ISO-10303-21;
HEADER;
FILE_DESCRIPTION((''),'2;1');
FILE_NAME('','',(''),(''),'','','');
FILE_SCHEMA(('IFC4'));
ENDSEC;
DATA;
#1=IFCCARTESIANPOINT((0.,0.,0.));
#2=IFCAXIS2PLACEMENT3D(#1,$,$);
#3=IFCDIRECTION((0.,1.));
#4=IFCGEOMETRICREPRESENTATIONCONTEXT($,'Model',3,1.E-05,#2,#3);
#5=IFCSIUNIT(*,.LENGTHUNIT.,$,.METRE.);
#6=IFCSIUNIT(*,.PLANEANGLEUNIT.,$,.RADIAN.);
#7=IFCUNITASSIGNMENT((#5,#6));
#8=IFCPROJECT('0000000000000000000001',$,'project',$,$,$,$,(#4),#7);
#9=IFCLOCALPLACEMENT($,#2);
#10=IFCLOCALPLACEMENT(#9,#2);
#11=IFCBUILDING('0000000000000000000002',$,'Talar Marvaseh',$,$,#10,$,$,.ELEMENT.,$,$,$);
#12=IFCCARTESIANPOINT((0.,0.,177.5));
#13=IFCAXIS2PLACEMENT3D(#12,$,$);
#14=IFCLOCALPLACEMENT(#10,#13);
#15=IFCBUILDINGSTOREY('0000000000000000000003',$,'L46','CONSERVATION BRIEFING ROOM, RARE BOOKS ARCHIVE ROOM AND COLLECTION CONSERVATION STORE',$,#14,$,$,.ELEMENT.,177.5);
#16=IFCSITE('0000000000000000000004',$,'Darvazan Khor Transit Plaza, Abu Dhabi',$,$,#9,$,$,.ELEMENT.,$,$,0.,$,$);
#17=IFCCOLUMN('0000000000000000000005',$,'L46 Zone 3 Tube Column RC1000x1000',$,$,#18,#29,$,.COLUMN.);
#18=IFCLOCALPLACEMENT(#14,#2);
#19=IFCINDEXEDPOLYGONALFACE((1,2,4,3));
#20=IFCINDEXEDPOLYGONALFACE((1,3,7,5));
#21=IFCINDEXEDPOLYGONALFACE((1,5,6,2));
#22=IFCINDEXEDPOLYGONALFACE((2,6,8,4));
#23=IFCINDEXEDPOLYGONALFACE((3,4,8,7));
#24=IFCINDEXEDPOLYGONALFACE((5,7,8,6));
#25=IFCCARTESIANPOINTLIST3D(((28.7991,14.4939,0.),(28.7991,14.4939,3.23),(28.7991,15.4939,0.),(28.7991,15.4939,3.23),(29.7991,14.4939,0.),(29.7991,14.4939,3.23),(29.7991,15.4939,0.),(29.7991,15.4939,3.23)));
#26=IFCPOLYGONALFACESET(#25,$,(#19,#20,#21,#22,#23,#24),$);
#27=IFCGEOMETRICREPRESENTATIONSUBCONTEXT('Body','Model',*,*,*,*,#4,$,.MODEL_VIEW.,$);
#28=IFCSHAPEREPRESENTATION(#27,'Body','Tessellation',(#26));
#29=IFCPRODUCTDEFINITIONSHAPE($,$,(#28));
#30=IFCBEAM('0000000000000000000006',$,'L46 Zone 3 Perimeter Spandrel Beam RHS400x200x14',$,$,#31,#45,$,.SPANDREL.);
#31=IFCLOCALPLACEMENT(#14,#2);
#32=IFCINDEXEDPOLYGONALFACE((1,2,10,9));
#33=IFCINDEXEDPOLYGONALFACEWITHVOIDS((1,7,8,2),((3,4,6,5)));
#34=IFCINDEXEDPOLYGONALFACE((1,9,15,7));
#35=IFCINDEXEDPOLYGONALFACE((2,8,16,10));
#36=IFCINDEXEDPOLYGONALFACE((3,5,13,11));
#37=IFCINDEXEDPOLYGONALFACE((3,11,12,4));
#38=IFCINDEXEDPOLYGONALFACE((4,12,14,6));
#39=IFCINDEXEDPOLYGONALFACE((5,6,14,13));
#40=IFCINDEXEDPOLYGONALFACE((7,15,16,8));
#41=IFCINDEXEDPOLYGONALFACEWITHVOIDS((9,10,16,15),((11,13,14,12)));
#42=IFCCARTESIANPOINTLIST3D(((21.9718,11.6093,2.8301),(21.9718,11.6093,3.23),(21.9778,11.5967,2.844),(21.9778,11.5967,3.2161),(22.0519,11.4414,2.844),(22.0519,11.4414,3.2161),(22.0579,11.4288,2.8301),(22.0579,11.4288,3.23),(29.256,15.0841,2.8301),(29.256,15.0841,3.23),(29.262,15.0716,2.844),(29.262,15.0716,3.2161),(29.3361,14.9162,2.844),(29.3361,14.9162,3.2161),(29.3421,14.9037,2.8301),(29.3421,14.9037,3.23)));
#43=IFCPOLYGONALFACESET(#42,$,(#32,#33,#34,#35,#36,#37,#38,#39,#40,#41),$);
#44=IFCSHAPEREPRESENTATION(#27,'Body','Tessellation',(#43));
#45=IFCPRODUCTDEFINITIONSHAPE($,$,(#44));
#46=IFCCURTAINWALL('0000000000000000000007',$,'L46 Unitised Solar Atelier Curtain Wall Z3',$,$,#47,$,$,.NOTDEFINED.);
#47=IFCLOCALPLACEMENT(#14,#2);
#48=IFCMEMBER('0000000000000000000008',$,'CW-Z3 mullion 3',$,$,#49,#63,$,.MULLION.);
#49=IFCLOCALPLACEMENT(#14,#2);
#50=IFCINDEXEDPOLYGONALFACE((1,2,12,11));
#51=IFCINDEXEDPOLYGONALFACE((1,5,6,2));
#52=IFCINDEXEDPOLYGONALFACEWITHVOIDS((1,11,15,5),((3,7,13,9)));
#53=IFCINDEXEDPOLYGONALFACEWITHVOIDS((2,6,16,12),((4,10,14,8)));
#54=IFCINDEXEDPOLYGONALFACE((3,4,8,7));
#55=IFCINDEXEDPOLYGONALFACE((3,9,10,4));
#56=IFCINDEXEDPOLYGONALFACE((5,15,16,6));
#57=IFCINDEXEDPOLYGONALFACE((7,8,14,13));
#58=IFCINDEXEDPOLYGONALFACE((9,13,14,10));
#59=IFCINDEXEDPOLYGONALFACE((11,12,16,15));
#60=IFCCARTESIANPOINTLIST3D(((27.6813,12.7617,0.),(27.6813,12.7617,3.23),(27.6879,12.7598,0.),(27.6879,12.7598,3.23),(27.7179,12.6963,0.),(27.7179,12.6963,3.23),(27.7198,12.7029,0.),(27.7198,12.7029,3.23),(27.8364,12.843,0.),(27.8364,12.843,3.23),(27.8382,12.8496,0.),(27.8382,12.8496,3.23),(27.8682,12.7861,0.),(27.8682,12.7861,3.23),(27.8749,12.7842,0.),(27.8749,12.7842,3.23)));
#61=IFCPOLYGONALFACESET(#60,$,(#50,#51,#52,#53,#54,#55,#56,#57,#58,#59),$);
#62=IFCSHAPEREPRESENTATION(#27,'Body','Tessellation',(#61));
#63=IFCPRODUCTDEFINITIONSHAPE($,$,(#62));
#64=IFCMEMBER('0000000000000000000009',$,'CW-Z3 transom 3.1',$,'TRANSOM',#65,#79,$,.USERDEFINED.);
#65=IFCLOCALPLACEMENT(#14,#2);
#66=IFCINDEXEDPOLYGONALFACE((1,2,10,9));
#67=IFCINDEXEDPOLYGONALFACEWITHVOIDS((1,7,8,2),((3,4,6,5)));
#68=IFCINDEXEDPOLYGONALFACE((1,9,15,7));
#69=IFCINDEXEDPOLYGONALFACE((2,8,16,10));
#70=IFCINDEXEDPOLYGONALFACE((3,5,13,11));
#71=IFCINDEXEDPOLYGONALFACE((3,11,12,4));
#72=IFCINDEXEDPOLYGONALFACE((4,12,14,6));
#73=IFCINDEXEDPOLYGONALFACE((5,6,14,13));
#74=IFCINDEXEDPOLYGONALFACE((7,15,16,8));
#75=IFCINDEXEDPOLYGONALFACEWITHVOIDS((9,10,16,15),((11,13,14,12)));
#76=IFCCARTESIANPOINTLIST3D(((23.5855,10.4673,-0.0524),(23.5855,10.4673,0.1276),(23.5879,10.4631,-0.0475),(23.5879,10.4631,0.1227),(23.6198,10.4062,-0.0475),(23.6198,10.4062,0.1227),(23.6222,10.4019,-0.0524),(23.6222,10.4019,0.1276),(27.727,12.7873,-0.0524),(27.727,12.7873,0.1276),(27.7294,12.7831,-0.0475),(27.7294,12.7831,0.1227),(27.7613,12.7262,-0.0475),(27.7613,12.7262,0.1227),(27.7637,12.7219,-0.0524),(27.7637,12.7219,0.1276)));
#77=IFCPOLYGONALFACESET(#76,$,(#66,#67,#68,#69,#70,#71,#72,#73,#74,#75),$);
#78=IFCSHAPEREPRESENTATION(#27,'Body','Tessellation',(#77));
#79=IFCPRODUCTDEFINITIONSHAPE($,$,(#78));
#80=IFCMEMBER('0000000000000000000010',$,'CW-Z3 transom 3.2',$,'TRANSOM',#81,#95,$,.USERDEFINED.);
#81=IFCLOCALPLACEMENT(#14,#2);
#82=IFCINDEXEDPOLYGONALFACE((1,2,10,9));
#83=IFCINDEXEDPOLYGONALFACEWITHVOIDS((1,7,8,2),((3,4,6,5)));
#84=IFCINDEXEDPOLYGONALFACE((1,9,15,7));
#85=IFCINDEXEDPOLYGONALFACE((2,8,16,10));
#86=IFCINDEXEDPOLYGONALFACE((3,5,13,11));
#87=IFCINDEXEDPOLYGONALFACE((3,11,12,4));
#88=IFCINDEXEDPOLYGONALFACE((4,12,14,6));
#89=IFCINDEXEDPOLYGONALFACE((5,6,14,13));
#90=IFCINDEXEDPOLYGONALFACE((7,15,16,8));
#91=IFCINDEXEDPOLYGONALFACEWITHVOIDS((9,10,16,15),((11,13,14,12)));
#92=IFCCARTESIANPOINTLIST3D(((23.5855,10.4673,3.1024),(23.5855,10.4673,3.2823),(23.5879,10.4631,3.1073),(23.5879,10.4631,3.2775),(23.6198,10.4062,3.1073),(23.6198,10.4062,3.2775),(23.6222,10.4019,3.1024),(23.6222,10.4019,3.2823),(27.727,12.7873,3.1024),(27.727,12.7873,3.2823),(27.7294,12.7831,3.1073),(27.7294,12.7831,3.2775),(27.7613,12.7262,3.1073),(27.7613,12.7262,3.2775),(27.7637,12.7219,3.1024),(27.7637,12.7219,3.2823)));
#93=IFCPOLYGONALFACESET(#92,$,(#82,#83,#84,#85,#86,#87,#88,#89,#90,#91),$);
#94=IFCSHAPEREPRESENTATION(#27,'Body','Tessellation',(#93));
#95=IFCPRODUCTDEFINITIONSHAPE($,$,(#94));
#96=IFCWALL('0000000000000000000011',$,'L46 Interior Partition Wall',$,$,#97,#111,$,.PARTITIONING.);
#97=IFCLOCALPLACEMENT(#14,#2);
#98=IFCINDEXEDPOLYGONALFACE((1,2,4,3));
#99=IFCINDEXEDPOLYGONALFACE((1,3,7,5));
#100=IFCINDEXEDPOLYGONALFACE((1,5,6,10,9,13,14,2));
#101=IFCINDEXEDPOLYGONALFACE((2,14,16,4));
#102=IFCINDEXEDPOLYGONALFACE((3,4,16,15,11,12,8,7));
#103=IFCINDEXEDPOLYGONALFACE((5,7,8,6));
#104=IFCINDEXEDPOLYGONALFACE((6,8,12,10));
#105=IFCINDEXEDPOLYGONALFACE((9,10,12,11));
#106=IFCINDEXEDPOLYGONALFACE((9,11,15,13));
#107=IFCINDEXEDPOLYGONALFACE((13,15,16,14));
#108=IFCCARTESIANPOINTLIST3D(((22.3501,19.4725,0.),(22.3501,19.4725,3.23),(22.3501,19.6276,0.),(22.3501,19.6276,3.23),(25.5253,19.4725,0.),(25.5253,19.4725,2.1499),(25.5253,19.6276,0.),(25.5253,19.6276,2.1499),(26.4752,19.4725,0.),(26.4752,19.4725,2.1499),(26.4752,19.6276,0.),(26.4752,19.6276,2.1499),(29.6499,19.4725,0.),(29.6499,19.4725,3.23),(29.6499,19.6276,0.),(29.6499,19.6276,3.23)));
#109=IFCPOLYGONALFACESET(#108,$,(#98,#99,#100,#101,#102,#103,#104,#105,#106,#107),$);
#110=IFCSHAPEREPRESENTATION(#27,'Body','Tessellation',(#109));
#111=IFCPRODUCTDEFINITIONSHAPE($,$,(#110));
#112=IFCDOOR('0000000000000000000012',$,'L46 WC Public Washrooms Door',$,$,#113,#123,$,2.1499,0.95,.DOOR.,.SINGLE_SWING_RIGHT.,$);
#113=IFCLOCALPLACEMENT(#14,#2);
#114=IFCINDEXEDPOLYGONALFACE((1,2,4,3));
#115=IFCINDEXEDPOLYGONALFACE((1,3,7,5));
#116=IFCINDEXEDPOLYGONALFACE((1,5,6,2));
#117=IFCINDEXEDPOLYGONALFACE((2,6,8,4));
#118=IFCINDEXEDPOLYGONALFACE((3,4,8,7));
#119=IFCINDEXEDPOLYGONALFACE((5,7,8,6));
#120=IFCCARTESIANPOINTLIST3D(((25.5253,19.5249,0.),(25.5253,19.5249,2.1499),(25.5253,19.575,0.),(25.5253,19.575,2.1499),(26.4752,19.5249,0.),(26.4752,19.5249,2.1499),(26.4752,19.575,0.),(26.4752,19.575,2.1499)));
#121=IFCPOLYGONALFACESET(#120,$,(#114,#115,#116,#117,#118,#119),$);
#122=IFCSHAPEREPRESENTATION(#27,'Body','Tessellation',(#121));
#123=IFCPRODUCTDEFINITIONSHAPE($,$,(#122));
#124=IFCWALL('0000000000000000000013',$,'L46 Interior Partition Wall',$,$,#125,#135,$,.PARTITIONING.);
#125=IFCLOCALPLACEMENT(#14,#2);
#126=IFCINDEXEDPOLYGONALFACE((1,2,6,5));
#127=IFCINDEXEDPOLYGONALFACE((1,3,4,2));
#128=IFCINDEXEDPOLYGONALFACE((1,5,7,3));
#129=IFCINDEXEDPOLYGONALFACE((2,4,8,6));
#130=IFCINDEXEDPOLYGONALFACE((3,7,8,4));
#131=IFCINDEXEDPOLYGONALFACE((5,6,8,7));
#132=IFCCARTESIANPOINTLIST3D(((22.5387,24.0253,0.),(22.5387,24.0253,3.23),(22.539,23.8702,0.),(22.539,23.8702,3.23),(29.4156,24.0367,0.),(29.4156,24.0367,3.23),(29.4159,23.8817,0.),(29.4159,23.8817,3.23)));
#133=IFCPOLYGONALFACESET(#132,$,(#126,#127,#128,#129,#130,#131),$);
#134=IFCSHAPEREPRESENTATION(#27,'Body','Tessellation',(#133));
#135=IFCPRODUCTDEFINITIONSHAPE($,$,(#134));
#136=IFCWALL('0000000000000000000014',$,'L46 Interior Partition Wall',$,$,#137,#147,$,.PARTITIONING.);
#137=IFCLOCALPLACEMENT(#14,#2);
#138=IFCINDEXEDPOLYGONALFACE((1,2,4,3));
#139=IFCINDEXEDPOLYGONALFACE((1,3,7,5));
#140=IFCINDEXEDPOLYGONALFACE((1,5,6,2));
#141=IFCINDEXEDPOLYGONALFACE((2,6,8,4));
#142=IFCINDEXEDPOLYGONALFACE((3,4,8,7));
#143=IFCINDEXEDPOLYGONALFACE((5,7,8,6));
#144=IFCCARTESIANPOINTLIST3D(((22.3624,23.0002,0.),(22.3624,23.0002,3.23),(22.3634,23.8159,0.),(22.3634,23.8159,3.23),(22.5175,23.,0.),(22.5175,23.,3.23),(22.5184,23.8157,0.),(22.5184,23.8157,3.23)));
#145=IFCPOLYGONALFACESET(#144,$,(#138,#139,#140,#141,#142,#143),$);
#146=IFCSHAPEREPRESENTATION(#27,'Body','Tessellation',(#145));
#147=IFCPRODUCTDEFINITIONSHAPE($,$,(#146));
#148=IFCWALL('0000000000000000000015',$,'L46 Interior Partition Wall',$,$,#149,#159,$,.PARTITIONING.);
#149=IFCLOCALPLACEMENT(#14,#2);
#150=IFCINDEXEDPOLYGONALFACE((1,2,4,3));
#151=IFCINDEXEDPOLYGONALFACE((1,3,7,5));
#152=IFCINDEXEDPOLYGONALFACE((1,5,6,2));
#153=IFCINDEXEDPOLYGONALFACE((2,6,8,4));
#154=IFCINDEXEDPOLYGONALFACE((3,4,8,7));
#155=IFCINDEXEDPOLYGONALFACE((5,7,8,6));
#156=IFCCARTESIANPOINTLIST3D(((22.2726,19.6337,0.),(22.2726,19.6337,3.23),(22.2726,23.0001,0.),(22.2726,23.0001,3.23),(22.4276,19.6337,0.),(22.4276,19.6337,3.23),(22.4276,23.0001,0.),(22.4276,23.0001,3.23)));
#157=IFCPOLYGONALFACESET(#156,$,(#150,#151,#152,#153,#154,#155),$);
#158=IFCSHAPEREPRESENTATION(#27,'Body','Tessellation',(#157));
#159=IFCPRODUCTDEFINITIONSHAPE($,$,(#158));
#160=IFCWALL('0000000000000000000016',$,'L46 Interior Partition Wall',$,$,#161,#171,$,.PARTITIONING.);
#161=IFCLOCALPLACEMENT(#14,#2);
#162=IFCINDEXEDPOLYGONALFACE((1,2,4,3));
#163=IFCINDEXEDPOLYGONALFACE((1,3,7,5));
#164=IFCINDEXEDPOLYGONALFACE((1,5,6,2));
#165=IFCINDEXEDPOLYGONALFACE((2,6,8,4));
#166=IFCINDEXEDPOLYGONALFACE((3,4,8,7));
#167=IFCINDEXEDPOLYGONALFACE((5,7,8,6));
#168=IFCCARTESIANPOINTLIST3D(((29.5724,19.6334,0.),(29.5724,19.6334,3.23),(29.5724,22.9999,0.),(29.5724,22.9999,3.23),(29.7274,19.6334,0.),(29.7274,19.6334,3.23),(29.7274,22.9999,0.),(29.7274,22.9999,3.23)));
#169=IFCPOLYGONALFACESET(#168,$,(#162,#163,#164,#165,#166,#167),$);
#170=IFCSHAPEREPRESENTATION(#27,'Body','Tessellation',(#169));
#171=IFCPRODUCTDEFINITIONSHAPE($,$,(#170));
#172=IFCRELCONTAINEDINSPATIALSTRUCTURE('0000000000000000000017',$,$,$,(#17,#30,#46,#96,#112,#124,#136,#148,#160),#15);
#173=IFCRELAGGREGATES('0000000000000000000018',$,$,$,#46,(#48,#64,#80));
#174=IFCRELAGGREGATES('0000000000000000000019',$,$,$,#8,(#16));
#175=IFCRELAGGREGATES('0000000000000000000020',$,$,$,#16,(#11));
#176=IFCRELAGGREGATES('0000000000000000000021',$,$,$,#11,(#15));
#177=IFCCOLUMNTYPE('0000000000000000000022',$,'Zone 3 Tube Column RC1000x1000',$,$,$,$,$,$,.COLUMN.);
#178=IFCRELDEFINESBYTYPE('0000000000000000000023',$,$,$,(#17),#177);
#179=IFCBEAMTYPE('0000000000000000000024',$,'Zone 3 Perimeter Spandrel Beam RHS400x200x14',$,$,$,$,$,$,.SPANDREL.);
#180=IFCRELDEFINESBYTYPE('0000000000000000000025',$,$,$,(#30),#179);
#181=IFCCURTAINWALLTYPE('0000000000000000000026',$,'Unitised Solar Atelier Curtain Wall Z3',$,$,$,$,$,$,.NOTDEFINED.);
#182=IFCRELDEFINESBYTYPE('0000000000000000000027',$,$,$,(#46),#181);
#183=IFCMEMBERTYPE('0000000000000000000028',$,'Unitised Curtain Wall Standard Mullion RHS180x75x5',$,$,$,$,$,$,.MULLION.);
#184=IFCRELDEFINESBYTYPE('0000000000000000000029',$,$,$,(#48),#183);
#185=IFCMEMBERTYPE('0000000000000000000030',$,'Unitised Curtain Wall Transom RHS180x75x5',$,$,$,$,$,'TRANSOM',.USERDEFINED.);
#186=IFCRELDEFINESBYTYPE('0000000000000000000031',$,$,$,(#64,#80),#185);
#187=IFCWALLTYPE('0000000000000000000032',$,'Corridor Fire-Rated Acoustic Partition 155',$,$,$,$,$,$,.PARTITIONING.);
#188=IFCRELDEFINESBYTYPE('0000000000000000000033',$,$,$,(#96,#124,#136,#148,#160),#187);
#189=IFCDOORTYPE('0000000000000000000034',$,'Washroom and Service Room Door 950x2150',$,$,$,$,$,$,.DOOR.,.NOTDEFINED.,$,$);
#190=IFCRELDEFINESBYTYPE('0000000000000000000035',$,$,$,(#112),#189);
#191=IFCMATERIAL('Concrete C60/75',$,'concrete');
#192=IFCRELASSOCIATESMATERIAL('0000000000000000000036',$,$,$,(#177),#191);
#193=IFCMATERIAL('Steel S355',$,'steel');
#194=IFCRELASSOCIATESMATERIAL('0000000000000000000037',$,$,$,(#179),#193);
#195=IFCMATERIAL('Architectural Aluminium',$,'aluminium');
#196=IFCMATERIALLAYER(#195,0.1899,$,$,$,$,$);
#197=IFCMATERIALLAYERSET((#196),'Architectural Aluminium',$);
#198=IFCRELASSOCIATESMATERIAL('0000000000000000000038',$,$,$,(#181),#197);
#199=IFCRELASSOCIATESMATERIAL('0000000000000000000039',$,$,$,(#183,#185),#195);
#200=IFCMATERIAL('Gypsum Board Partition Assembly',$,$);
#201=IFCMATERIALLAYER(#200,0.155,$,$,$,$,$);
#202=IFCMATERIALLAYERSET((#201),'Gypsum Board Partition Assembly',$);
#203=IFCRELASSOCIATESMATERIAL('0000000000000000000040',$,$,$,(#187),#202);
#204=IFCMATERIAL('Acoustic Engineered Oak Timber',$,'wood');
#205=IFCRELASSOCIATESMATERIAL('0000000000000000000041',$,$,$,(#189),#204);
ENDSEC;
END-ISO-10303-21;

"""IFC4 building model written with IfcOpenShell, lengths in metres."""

from ifc_helpers import new_model, si_unit, direction, frame, frame_2d, origin, origin_2d, place, context, subcontext, project, spatial, rectangle, hollow_rectangle, extrude, source, transform, mapped, material, layer, layer_set, material_profile, profile_set, type_object, type_shapes, element, fill, aggregate, save


model = new_model("IFC4")

# Units and contexts
model_context = context("Model", 3, precision=1e-05, world=origin(), true_north=direction((0.0, 1.0)))
body_context = subcontext(model_context, "Body", "Model", "MODEL_VIEW")
ifc_project = project(units=[si_unit("LENGTHUNIT", "METRE"), si_unit("PLANEANGLEUNIT", "RADIAN")], contexts=[model_context])

# Site, building, storey
site_placement = place(None, origin())
site = spatial("IfcSite", under=ifc_project, at=site_placement, Name="Darvazan Khor Transit Plaza, Abu Dhabi", CompositionType="ELEMENT", RefElevation=0.0)
building_placement = place(site_placement, origin())
building = spatial("IfcBuilding", under=site, at=building_placement, Name="Talar Marvaseh", CompositionType="ELEMENT")
storey_placement = place(building_placement, frame((0.0, 0.0, 177.5)))
storey = spatial("IfcBuildingStorey", under=building, at=storey_placement, Name="L46", Description="CONSERVATION BRIEFING ROOM, RARE BOOKS ARCHIVE ROOM AND COLLECTION CONSERVATION STORE", CompositionType="ELEMENT", Elevation=177.5)

# Column
ifc_material_1 = material(Name="Concrete C60/75", Category="concrete")
ifc_material_profile_1 = material_profile(ifc_material_1, rectangle(XDim=1.0, YDim=1.0, at=origin_2d()), Name="RC1000x1000")
ifc_profile_set_1 = profile_set([ifc_material_profile_1], Name="Concrete C60/75")
column_type = type_object("IfcColumnType", Name="Zone 3 Tube Column RC1000x1000", PredefinedType="COLUMN", material=ifc_profile_set_1)
column_placement = place(storey_placement, frame((29.2991, 14.9939, 0.0), z_axis=(0.0, 0.0, 1.0), x_axis=(1.0, 0.0, 0.0)))
element("IfcColumn", 1, at=column_placement, inside=storey, type_object=column_type, Name="L46 Zone 3 Tube Column RC1000x1000", PredefinedType="COLUMN", context=body_context, shape_type="SweptSolid", body=[
    extrude(rectangle(XDim=1.0, YDim=1.0, at=origin_2d()), origin(), (0.0, 0.0, 1.0), 3.23),
])

# Beam
ifc_material_2 = material(Name="Steel S355", Category="steel")
ifc_material_profile_2 = material_profile(ifc_material_2, hollow_rectangle(XDim=0.2, YDim=0.3999, WallThickness=0.0139, at=origin_2d()), Name="RHS400x200x14")
ifc_profile_set_2 = profile_set([ifc_material_profile_2], Name="Steel S355")
beam_type = type_object("IfcBeamType", Name="Zone 3 Perimeter Spandrel Beam RHS400x200x14", PredefinedType="SPANDREL", material=ifc_profile_set_2)
beam_placement = place(storey_placement, frame((29.2991, 14.9939, 3.03), z_axis=(-0.902562, -0.430559, 0.0), x_axis=(0.430559, -0.902562, 0.0)))
element("IfcBeam", 2, at=beam_placement, inside=storey, type_object=beam_type, Name="L46 Zone 3 Perimeter Spandrel Beam RHS400x200x14", PredefinedType="SPANDREL", context=body_context, shape_type="SweptSolid", body=[
    extrude(hollow_rectangle(XDim=0.2, YDim=0.3999, WallThickness=0.0139, at=origin_2d()), origin(), (0.0, 0.0, 1.0), 8.0706),
])

# Curtain wall, members
ifc_material_3 = material(Name="Architectural Aluminium", Category="aluminium")
ifc_layer_1 = layer(ifc_material_3, 0.1899)
ifc_layer_set_1 = layer_set([ifc_layer_1], Name="Architectural Aluminium")
curtain_wall_type = type_object("IfcCurtainWallType", Name="Unitised Solar Atelier Curtain Wall Z3", PredefinedType="NOTDEFINED", material=ifc_layer_set_1)
curtain_wall_placement = place(storey_placement, origin())
curtain_wall = element("IfcCurtainWall", 3, at=curtain_wall_placement, inside=storey, type_object=curtain_wall_type, Name="L46 Unitised Solar Atelier Curtain Wall Z3", PredefinedType="NOTDEFINED")
ifc_material_profile_3 = material_profile(ifc_material_3, hollow_rectangle(XDim=0.075, YDim=0.1799, WallThickness=0.0049, at=origin_2d()), Name="RHS180x75x5")
ifc_profile_set_3 = profile_set([ifc_material_profile_3], Name="Architectural Aluminium")
member_type_1 = type_object("IfcMemberType", Name="Unitised Curtain Wall Standard Mullion RHS180x75x5", PredefinedType="MULLION", material=ifc_profile_set_3)
shared_shape_1 = source(origin(), body_context, "Body", "SweptSolid", [
    extrude(hollow_rectangle(XDim=0.075, YDim=0.1799, WallThickness=0.0049, at=origin_2d()), origin(), (0.0, 0.0, 1.0), 3.23),
])
type_shapes(member_type_1, [shared_shape_1])
member_1_placement = place(storey_placement, frame((27.7781, 12.7729, 0.0), z_axis=(0.0, 0.0, 1.0), x_axis=(0.488756, -0.872421, 0.0)))
member_1 = element("IfcMember", 4, at=member_1_placement, type_object=member_type_1, Name="CW-Z3 mullion 3", PredefinedType="MULLION", context=body_context, shape_type="MappedRepresentation", body=[
    mapped(shared_shape_1, transform((0.0, 0.0, 0.0), x_axis=(1.0, 0.0, 0.0), y_axis=(0.0, 1.0, 0.0), z_axis=(0.0, 0.0, 1.0), scale=1.0)),
])
ifc_material_profile_4 = material_profile(ifc_material_3, hollow_rectangle(XDim=0.075, YDim=0.1799, WallThickness=0.0049, at=origin_2d()), Name="RHS180x75x5")
ifc_profile_set_4 = profile_set([ifc_material_profile_4], Name="Architectural Aluminium")
member_type_2 = type_object("IfcMemberType", Name="Unitised Curtain Wall Transom RHS180x75x5", ElementType="TRANSOM", PredefinedType="USERDEFINED", material=ifc_profile_set_4)
shared_shape_2 = source(origin(), body_context, "Body", "SweptSolid", [
    extrude(hollow_rectangle(XDim=0.075, YDim=0.1799, WallThickness=0.0049, at=origin_2d()), origin(), (0.0, 0.0, 1.0), 4.7471),
])
type_shapes(member_type_2, [shared_shape_2])
member_2_placement = place(storey_placement, frame((27.7454, 12.7546, 0.0376), z_axis=(-0.872437, -0.488727, 0.0), x_axis=(0.488727, -0.872437, 0.0)))
member_2 = element("IfcMember", 5, at=member_2_placement, type_object=member_type_2, Name="CW-Z3 transom 3.1", ObjectType="TRANSOM", PredefinedType="USERDEFINED", context=body_context, shape_type="MappedRepresentation", body=[
    mapped(shared_shape_2, transform((0.0, 0.0, 0.0), x_axis=(1.0, 0.0, 0.0), y_axis=(0.0, 1.0, 0.0), z_axis=(0.0, 0.0, 1.0), scale=1.0)),
])
member_3_placement = place(storey_placement, frame((27.7454, 12.7546, 3.1924), z_axis=(-0.872437, -0.488727, 0.0), x_axis=(0.488727, -0.872437, 0.0)))
member_3 = element("IfcMember", 6, at=member_3_placement, type_object=member_type_2, Name="CW-Z3 transom 3.2", ObjectType="TRANSOM", PredefinedType="USERDEFINED", context=body_context, shape_type="MappedRepresentation", body=[
    mapped(shared_shape_2, transform((0.0, 0.0, 0.0), x_axis=(1.0, 0.0, 0.0), y_axis=(0.0, 1.0, 0.0), z_axis=(0.0, 0.0, 1.0), scale=1.0)),
])
aggregate(curtain_wall, [member_1, member_2, member_3])

# Wall, opening, door
ifc_material_4 = material(Name="Gypsum Board Partition Assembly")
ifc_layer_2 = layer(ifc_material_4, 0.155)
ifc_layer_set_2 = layer_set([ifc_layer_2], Name="Gypsum Board Partition Assembly")
wall_type_1 = type_object("IfcWallType", Name="Corridor Fire-Rated Acoustic Partition 155", PredefinedType="PARTITIONING", material=ifc_layer_set_2)
wall_1_placement = place(storey_placement, frame((22.3501, 19.55, 0.0), z_axis=(0.0, 0.0, 1.0), x_axis=(1.0, 0.0, 0.0)))
wall_1 = element("IfcWall", 7, at=wall_1_placement, inside=storey, type_object=wall_type_1, Name="L46 Interior Partition Wall", PredefinedType="PARTITIONING", context=body_context, shape_type="SweptSolid", body=[
    extrude(rectangle(XDim=7.2998, YDim=0.155, at=frame_2d((3.6499, 0.0))), origin(), (0.0, 0.0, 1.0), 3.23),
])
opening_placement = place(wall_1_placement, frame((3.175, 0.0, 0.0)))
opening = element("IfcOpeningElement", 8, at=opening_placement, cuts=wall_1, PredefinedType="OPENING", context=body_context, shape_type="SweptSolid", body=[
    extrude(rectangle(XDim=0.95, YDim=2.1499, at=frame_2d((0.4751, 1.075))), frame((0.0, 0.0874, 0.0), z_axis=(0.0, -1.0, 0.0), x_axis=(1.0, 0.0, 0.0)), (0.0, 0.0, 1.0), 0.175),
])
ifc_material_5 = material(Name="Acoustic Engineered Oak Timber", Category="wood")
door_type = type_object("IfcDoorType", Name="Washroom and Service Room Door 950x2150", OperationType="NOTDEFINED", PredefinedType="DOOR", material=ifc_material_5)
shared_shape_3 = source(origin(), body_context, "Body", "SweptSolid", [
    extrude(rectangle(XDim=0.95, YDim=2.1499, at=frame_2d((0.4751, 1.075))), frame((0.0, 0.0249, 0.0), z_axis=(0.0, -1.0, 0.0), x_axis=(1.0, 0.0, 0.0)), (0.0, 0.0, 1.0), 0.05),
])
type_shapes(door_type, [shared_shape_3])
door_placement = place(opening_placement, origin())
door = element("IfcDoor", 9, at=door_placement, inside=storey, type_object=door_type, Name="L46 WC Public Washrooms Door", OperationType="SINGLE_SWING_RIGHT", OverallHeight=2.1499, OverallWidth=0.95, PredefinedType="DOOR", context=body_context, shape_type="MappedRepresentation", body=[
    mapped(shared_shape_3, transform((0.0, 0.0, 0.0), x_axis=(1.0, 0.0, 0.0), y_axis=(0.0, 1.0, 0.0), z_axis=(0.0, 0.0, 1.0), scale=1.0)),
])
fill(opening, door)

# Walls
wall_2_placement = place(storey_placement, frame((29.4158, 23.9592, 0.0), z_axis=(0.0, 0.0, 1.0), x_axis=(-0.999999, -0.001669, 0.0)))
element("IfcWall", 10, at=wall_2_placement, inside=storey, type_object=wall_type_1, Name="L46 Interior Partition Wall", PredefinedType="PARTITIONING", context=body_context, shape_type="SweptSolid", body=[
    extrude(rectangle(XDim=6.877, YDim=0.155, at=frame_2d((3.4385, 0.0))), origin(), (0.0, 0.0, 1.0), 3.23),
])
wall_3_placement = place(storey_placement, frame((22.4409, 23.8157, 0.0), z_axis=(0.0, 0.0, 1.0), x_axis=(-0.001197, -0.999999, 0.0)))
element("IfcWall", 11, at=wall_3_placement, inside=storey, type_object=wall_type_1, Name="L46 Interior Partition Wall", PredefinedType="PARTITIONING", context=body_context, shape_type="SweptSolid", body=[
    extrude(rectangle(XDim=0.8157, YDim=0.155, at=frame_2d((0.4077, 0.0))), origin(), (0.0, 0.0, 1.0), 3.23),
])
for number, where, z_axis, x_axis, name in (
    (12, (22.3501, 23.0, 0.0), (0.0, 0.0, 1.0), (0.0, -1.0, 0.0), "L46 Interior Partition Wall"),
    (13, (29.6499, 19.6335, 0.0), (0.0, 0.0, 1.0), (0.0, 1.0, 0.0), "L46 Interior Partition Wall"),
):
    element("IfcWall", number, at=place(storey_placement, frame(where, z_axis=z_axis, x_axis=x_axis)), inside=storey, type_object=wall_type_1, Name=name, PredefinedType="PARTITIONING", context=body_context, shape_type="SweptSolid", body=[
        extrude(rectangle(XDim=3.3665, YDim=0.155, at=frame_2d((1.6831, 0.0))), origin(), (0.0, 0.0, 1.0), 3.23),
    ])

save(model, "model.ifc")
